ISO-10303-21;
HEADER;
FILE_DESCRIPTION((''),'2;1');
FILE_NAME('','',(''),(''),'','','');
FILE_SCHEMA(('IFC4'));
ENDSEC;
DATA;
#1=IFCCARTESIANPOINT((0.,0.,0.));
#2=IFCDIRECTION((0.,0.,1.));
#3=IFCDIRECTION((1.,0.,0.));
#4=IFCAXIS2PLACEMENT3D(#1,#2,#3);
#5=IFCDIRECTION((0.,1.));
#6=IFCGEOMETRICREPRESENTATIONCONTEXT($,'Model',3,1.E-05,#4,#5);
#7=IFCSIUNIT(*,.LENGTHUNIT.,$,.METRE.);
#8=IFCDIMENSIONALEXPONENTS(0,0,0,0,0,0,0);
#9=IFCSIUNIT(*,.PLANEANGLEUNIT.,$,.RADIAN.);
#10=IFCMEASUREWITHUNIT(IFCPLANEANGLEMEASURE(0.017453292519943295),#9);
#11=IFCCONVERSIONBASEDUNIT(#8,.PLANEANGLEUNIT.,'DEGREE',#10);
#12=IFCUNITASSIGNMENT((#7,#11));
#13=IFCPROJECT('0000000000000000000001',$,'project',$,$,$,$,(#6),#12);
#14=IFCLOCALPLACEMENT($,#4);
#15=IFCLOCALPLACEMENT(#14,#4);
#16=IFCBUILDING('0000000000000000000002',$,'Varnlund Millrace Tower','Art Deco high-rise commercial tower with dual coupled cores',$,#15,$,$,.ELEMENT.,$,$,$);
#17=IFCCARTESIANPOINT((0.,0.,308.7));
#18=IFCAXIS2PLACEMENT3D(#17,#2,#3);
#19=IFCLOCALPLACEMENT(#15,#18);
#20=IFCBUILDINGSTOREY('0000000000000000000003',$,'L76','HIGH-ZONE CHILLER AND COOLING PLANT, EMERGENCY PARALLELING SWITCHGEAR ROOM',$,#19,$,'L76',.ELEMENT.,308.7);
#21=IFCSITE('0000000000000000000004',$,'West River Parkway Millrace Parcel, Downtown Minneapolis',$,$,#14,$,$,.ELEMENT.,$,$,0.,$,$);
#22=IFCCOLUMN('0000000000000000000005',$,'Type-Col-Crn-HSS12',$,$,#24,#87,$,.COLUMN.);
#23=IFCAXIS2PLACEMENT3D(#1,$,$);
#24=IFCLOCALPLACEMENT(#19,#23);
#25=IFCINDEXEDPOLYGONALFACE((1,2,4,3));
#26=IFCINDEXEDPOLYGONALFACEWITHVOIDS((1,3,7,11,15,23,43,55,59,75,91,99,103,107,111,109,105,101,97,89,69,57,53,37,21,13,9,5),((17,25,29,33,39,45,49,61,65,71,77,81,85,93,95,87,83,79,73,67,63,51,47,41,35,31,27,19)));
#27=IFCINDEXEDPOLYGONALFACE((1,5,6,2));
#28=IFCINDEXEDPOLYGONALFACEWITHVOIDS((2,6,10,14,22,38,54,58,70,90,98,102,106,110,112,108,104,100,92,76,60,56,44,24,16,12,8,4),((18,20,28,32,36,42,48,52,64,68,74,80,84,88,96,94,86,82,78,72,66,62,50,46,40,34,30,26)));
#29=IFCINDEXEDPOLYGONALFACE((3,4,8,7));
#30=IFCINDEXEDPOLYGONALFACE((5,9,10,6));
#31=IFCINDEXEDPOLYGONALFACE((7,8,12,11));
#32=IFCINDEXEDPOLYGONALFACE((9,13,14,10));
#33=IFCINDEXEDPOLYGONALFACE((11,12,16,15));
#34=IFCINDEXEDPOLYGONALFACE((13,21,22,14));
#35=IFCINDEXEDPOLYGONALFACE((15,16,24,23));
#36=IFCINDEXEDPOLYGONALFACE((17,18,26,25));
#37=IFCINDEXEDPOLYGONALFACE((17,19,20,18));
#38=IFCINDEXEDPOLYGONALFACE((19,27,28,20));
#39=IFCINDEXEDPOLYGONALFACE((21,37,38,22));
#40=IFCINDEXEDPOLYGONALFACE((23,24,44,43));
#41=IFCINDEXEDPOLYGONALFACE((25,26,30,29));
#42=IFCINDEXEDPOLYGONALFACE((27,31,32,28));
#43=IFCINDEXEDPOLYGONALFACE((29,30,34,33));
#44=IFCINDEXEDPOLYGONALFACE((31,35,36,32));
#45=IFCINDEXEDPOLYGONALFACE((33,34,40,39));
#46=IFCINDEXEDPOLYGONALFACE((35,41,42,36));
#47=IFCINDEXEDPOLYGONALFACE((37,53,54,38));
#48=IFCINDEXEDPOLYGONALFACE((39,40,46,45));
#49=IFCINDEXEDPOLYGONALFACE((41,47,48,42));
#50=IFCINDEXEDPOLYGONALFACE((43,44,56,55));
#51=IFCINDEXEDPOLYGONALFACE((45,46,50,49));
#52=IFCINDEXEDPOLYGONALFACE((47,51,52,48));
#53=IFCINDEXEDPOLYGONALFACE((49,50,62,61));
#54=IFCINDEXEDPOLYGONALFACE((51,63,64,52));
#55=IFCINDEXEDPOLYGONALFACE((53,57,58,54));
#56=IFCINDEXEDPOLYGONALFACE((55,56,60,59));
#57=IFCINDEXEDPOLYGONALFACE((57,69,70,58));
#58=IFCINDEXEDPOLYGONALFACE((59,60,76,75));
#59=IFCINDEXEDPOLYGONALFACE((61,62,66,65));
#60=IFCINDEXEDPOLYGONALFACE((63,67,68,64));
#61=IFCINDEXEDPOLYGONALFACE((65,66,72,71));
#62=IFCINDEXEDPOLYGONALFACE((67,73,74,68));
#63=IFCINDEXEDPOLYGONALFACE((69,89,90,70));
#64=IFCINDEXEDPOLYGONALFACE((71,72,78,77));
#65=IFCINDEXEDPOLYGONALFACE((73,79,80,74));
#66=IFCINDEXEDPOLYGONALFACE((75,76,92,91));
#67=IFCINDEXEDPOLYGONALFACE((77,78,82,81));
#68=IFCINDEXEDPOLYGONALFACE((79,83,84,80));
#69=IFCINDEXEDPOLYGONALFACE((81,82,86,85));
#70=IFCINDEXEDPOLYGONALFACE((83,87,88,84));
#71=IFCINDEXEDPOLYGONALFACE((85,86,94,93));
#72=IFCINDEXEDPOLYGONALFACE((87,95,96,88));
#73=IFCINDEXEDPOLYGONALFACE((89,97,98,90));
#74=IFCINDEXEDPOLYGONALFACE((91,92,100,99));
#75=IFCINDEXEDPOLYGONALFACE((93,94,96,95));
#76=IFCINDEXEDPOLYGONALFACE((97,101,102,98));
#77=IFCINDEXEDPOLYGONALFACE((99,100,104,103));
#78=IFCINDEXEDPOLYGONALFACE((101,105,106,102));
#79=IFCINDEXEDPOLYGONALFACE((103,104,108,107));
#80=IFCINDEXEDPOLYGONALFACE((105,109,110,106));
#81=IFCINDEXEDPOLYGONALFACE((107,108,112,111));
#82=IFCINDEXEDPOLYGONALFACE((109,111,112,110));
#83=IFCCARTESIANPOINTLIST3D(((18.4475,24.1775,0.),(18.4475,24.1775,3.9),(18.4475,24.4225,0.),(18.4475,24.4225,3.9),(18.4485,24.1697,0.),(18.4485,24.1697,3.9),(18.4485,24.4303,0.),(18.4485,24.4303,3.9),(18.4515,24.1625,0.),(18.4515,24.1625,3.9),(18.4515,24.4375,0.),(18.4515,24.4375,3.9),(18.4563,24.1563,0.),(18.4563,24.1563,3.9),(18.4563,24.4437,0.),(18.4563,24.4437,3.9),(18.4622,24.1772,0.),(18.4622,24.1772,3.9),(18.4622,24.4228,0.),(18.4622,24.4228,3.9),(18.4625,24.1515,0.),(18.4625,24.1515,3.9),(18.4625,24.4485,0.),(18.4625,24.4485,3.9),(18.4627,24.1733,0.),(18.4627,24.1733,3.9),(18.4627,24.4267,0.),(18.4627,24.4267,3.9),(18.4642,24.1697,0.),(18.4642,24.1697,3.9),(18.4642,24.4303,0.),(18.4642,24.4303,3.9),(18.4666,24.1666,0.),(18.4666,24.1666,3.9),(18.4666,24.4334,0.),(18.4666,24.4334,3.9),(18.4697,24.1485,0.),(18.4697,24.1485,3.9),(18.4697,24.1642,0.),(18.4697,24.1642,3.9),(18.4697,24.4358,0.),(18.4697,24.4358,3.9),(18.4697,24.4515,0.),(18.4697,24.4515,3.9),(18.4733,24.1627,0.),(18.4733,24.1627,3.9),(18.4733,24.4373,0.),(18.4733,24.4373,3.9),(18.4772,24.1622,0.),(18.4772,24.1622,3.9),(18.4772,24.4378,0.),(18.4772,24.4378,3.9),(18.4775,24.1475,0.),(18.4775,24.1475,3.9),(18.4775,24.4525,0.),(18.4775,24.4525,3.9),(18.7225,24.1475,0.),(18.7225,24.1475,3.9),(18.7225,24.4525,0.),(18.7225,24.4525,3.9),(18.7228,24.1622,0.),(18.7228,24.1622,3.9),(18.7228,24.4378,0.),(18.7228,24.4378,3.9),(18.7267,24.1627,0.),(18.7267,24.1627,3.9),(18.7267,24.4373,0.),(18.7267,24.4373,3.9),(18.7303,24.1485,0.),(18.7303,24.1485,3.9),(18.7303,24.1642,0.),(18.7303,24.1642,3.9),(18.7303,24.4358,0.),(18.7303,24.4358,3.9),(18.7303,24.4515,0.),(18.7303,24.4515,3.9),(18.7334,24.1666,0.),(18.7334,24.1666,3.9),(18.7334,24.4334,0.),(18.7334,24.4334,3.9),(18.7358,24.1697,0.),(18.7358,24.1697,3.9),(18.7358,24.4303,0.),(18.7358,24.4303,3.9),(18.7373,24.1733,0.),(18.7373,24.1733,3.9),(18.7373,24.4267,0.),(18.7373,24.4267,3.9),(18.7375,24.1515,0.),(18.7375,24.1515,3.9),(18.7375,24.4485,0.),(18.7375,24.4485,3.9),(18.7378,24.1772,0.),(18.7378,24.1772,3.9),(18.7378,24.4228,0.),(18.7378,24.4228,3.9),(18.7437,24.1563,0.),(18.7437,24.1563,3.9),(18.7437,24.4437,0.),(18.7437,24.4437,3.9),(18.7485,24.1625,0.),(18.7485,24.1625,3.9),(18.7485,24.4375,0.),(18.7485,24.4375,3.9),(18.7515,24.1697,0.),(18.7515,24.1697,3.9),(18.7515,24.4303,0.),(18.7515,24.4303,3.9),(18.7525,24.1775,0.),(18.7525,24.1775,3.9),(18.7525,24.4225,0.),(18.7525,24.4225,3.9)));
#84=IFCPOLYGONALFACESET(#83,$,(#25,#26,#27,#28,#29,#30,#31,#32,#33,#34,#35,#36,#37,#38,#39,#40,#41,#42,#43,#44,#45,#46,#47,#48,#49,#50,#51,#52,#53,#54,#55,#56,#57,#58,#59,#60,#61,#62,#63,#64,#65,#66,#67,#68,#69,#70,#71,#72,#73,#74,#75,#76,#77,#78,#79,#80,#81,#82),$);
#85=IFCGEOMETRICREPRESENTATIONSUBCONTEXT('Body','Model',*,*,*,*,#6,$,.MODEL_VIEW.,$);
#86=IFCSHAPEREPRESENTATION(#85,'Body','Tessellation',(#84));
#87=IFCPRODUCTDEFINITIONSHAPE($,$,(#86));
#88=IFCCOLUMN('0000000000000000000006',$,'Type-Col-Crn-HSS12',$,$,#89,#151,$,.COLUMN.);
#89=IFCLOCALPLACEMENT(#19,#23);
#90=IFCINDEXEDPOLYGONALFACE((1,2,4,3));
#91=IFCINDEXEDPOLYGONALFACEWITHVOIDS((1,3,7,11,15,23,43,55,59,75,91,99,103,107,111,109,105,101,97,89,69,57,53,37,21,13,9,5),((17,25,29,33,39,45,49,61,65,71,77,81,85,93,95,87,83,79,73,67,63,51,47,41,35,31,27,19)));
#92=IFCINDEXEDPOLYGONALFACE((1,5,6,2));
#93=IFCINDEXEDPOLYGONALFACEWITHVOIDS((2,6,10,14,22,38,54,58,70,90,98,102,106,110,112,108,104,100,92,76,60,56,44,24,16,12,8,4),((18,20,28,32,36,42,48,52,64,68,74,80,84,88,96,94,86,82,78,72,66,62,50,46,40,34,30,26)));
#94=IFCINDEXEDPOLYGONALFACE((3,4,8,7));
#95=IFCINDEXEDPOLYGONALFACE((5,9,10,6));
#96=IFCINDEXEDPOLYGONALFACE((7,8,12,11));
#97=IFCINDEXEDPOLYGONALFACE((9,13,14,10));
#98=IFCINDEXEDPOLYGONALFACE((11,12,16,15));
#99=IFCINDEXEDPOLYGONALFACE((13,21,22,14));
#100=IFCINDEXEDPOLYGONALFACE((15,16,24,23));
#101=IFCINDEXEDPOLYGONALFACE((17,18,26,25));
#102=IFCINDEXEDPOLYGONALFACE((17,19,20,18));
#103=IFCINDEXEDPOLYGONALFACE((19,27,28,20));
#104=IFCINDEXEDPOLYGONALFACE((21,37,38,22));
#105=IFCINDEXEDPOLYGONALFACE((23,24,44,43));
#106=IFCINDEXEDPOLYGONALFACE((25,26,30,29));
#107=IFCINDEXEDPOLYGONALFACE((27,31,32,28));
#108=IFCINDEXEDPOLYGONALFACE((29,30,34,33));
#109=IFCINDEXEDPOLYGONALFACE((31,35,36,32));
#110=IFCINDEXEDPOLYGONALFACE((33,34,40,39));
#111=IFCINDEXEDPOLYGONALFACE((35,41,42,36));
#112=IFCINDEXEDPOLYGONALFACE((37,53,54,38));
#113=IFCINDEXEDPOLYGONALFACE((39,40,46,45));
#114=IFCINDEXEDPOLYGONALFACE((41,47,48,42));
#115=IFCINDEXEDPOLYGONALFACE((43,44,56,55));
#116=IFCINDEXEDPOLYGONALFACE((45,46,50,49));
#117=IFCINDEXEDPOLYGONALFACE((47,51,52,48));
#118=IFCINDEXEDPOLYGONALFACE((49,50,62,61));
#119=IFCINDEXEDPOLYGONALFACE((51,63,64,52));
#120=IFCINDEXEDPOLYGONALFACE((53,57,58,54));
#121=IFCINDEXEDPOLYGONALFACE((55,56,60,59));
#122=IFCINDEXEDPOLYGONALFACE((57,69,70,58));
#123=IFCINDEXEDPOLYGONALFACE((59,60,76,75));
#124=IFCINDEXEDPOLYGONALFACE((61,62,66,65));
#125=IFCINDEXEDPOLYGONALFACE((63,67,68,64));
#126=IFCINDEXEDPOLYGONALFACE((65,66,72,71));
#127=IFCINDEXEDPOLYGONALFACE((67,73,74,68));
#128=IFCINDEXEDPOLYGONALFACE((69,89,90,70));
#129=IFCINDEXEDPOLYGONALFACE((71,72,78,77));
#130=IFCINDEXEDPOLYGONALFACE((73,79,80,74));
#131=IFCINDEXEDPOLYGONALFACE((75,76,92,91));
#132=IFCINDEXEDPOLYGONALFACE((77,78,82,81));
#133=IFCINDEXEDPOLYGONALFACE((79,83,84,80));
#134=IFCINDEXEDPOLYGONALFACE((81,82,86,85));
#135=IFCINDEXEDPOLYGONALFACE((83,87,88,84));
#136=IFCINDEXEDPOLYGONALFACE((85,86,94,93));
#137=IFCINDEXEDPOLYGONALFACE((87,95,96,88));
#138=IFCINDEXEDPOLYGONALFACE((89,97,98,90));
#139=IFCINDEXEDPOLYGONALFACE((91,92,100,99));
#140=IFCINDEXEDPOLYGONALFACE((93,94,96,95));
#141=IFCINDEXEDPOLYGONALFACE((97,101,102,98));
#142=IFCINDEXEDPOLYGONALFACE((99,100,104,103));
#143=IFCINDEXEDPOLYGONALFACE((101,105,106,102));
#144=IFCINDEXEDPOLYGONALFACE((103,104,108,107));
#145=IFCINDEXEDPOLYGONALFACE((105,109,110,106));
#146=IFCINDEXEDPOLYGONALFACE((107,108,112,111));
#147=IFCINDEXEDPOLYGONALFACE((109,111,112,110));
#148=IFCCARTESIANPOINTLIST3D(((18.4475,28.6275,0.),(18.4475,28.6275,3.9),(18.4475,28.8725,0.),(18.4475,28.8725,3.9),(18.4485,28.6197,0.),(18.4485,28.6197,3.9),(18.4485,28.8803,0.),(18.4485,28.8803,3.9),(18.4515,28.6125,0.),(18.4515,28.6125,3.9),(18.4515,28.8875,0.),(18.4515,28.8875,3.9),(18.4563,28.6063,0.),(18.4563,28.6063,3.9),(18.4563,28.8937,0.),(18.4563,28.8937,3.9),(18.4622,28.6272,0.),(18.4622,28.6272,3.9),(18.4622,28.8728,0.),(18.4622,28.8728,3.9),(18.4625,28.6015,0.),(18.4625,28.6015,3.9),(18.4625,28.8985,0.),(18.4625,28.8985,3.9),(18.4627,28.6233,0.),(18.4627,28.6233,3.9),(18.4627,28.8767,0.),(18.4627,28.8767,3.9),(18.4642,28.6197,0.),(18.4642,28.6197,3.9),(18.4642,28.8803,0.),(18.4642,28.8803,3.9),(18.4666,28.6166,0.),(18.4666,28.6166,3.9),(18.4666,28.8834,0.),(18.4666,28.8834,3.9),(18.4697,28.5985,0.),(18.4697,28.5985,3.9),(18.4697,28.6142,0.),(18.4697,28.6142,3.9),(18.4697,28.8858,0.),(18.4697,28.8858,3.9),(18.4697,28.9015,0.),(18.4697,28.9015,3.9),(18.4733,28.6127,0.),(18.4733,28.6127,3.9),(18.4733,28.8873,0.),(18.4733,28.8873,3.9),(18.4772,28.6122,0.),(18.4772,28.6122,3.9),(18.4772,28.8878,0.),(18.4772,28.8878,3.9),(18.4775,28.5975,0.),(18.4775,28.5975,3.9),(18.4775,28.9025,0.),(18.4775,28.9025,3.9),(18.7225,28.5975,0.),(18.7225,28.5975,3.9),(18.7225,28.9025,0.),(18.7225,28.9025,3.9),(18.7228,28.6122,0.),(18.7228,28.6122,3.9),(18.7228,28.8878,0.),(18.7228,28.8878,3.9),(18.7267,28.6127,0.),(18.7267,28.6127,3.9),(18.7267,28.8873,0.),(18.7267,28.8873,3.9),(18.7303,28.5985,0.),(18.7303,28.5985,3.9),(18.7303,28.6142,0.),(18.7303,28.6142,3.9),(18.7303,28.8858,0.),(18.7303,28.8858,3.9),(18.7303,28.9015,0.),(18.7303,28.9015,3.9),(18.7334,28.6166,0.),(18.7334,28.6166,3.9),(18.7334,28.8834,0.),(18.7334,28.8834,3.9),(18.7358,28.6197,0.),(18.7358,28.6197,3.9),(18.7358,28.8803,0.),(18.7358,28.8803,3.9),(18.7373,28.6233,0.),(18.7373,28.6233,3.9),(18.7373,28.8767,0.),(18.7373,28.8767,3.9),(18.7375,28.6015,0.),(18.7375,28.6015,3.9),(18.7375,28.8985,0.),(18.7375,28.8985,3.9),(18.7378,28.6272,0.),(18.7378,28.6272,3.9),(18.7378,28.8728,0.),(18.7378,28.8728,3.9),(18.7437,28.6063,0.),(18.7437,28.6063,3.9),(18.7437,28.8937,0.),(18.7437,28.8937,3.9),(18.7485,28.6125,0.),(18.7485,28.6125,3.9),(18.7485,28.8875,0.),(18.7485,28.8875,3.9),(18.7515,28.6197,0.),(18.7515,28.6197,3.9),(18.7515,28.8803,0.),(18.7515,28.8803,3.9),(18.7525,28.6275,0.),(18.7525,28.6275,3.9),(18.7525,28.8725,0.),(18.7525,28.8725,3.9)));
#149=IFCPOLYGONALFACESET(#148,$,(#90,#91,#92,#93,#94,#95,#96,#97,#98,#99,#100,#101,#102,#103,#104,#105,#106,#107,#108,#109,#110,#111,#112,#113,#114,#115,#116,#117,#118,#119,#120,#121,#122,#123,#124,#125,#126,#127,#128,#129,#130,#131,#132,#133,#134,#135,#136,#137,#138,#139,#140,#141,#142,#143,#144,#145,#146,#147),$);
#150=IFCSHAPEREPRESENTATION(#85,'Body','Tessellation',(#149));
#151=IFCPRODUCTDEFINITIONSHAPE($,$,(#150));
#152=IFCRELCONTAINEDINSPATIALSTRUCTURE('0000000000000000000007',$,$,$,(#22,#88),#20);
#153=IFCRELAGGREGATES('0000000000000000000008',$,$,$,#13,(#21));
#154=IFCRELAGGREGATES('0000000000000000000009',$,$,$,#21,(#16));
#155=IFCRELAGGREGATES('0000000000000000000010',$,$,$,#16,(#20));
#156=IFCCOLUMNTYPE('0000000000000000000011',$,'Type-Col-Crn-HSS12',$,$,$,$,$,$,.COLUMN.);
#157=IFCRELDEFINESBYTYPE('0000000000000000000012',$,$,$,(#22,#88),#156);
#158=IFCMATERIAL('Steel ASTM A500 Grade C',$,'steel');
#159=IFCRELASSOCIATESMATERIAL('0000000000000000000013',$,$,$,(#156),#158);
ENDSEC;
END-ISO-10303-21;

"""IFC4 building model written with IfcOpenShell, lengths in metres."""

from ifc_helpers import new_model, entity, si_unit, converted_unit, direction, frame, origin_with_axes, origin_2d_with_axis, place, context, subcontext, project, spatial, hollow_rectangle, extrude, material, material_profile, profile_set, type_object, element, save


model = new_model("IFC4")

# Units and contexts
model_context = context("Model", 3, precision=1e-05, world=origin_with_axes(), true_north=direction((0.0, 1.0)))
body_context = subcontext(model_context, "Body", "Model", "MODEL_VIEW")
ifc_project = project(units=[si_unit("LENGTHUNIT", "METRE"), converted_unit("PLANEANGLEUNIT", "DEGREE", entity("IfcPlaneAngleMeasure", 0.017453292519943295), si_unit("PLANEANGLEUNIT", "RADIAN"), dimensions=[0, 0, 0, 0, 0, 0, 0])], contexts=[model_context])

# Site, building, storey
site_placement = place(None, origin_with_axes())
site = spatial("IfcSite", under=ifc_project, at=site_placement, Name="West River Parkway Millrace Parcel, Downtown Minneapolis", CompositionType="ELEMENT", RefElevation=0.0)
building_placement = place(site_placement, origin_with_axes())
building = spatial("IfcBuilding", under=site, at=building_placement, Name="Varnlund Millrace Tower", Description="Art Deco high-rise commercial tower with dual coupled cores", CompositionType="ELEMENT")
storey_placement = place(building_placement, frame((0.0, 0.0, 308.7), z_axis=(0.0, 0.0, 1.0), x_axis=(1.0, 0.0, 0.0)))
storey = spatial("IfcBuildingStorey", under=building, at=storey_placement, Name="L76", Description="HIGH-ZONE CHILLER AND COOLING PLANT, EMERGENCY PARALLELING SWITCHGEAR ROOM", LongName="L76", CompositionType="ELEMENT", Elevation=308.7)

# Columns
ifc_material_1 = material(Name="Steel ASTM A500 Grade C", Category="steel")
ifc_material_profile = material_profile(ifc_material_1, hollow_rectangle(XDim=0.305, YDim=0.305, WallThickness=0.0147, InnerFilletRadius=0.015, OuterFilletRadius=0.03, at=origin_2d_with_axis()), Name="Steel ASTM A500 Grade C")
ifc_profile_set = profile_set([ifc_material_profile], Name="Steel ASTM A500 Grade C")
column_type = type_object("IfcColumnType", Name="Type-Col-Crn-HSS12", PredefinedType="COLUMN", material=ifc_profile_set)
for number, where, z_axis, x_axis, name in (
    (1, (18.6, 24.3, 0.0), (0.0, 0.0, 1.0), (1.0, 0.0, 0.0), "Type-Col-Crn-HSS12"),
    (2, (18.6, 28.75, 0.0), (0.0, 0.0, 1.0), (1.0, 0.0, 0.0), "Type-Col-Crn-HSS12"),
):
    element("IfcColumn", number, at=place(storey_placement, frame(where, z_axis=z_axis, x_axis=x_axis)), inside=storey, type_object=column_type, Name=name, PredefinedType="COLUMN", context=body_context, shape_type="SweptSolid", body=[
        extrude(hollow_rectangle(XDim=0.305, YDim=0.305, WallThickness=0.0147, InnerFilletRadius=0.015, OuterFilletRadius=0.03, at=origin_2d_with_axis()), origin_with_axes(), (0.0, 0.0, 1.0), 3.9),
    ])

save(model, "model.ifc")
